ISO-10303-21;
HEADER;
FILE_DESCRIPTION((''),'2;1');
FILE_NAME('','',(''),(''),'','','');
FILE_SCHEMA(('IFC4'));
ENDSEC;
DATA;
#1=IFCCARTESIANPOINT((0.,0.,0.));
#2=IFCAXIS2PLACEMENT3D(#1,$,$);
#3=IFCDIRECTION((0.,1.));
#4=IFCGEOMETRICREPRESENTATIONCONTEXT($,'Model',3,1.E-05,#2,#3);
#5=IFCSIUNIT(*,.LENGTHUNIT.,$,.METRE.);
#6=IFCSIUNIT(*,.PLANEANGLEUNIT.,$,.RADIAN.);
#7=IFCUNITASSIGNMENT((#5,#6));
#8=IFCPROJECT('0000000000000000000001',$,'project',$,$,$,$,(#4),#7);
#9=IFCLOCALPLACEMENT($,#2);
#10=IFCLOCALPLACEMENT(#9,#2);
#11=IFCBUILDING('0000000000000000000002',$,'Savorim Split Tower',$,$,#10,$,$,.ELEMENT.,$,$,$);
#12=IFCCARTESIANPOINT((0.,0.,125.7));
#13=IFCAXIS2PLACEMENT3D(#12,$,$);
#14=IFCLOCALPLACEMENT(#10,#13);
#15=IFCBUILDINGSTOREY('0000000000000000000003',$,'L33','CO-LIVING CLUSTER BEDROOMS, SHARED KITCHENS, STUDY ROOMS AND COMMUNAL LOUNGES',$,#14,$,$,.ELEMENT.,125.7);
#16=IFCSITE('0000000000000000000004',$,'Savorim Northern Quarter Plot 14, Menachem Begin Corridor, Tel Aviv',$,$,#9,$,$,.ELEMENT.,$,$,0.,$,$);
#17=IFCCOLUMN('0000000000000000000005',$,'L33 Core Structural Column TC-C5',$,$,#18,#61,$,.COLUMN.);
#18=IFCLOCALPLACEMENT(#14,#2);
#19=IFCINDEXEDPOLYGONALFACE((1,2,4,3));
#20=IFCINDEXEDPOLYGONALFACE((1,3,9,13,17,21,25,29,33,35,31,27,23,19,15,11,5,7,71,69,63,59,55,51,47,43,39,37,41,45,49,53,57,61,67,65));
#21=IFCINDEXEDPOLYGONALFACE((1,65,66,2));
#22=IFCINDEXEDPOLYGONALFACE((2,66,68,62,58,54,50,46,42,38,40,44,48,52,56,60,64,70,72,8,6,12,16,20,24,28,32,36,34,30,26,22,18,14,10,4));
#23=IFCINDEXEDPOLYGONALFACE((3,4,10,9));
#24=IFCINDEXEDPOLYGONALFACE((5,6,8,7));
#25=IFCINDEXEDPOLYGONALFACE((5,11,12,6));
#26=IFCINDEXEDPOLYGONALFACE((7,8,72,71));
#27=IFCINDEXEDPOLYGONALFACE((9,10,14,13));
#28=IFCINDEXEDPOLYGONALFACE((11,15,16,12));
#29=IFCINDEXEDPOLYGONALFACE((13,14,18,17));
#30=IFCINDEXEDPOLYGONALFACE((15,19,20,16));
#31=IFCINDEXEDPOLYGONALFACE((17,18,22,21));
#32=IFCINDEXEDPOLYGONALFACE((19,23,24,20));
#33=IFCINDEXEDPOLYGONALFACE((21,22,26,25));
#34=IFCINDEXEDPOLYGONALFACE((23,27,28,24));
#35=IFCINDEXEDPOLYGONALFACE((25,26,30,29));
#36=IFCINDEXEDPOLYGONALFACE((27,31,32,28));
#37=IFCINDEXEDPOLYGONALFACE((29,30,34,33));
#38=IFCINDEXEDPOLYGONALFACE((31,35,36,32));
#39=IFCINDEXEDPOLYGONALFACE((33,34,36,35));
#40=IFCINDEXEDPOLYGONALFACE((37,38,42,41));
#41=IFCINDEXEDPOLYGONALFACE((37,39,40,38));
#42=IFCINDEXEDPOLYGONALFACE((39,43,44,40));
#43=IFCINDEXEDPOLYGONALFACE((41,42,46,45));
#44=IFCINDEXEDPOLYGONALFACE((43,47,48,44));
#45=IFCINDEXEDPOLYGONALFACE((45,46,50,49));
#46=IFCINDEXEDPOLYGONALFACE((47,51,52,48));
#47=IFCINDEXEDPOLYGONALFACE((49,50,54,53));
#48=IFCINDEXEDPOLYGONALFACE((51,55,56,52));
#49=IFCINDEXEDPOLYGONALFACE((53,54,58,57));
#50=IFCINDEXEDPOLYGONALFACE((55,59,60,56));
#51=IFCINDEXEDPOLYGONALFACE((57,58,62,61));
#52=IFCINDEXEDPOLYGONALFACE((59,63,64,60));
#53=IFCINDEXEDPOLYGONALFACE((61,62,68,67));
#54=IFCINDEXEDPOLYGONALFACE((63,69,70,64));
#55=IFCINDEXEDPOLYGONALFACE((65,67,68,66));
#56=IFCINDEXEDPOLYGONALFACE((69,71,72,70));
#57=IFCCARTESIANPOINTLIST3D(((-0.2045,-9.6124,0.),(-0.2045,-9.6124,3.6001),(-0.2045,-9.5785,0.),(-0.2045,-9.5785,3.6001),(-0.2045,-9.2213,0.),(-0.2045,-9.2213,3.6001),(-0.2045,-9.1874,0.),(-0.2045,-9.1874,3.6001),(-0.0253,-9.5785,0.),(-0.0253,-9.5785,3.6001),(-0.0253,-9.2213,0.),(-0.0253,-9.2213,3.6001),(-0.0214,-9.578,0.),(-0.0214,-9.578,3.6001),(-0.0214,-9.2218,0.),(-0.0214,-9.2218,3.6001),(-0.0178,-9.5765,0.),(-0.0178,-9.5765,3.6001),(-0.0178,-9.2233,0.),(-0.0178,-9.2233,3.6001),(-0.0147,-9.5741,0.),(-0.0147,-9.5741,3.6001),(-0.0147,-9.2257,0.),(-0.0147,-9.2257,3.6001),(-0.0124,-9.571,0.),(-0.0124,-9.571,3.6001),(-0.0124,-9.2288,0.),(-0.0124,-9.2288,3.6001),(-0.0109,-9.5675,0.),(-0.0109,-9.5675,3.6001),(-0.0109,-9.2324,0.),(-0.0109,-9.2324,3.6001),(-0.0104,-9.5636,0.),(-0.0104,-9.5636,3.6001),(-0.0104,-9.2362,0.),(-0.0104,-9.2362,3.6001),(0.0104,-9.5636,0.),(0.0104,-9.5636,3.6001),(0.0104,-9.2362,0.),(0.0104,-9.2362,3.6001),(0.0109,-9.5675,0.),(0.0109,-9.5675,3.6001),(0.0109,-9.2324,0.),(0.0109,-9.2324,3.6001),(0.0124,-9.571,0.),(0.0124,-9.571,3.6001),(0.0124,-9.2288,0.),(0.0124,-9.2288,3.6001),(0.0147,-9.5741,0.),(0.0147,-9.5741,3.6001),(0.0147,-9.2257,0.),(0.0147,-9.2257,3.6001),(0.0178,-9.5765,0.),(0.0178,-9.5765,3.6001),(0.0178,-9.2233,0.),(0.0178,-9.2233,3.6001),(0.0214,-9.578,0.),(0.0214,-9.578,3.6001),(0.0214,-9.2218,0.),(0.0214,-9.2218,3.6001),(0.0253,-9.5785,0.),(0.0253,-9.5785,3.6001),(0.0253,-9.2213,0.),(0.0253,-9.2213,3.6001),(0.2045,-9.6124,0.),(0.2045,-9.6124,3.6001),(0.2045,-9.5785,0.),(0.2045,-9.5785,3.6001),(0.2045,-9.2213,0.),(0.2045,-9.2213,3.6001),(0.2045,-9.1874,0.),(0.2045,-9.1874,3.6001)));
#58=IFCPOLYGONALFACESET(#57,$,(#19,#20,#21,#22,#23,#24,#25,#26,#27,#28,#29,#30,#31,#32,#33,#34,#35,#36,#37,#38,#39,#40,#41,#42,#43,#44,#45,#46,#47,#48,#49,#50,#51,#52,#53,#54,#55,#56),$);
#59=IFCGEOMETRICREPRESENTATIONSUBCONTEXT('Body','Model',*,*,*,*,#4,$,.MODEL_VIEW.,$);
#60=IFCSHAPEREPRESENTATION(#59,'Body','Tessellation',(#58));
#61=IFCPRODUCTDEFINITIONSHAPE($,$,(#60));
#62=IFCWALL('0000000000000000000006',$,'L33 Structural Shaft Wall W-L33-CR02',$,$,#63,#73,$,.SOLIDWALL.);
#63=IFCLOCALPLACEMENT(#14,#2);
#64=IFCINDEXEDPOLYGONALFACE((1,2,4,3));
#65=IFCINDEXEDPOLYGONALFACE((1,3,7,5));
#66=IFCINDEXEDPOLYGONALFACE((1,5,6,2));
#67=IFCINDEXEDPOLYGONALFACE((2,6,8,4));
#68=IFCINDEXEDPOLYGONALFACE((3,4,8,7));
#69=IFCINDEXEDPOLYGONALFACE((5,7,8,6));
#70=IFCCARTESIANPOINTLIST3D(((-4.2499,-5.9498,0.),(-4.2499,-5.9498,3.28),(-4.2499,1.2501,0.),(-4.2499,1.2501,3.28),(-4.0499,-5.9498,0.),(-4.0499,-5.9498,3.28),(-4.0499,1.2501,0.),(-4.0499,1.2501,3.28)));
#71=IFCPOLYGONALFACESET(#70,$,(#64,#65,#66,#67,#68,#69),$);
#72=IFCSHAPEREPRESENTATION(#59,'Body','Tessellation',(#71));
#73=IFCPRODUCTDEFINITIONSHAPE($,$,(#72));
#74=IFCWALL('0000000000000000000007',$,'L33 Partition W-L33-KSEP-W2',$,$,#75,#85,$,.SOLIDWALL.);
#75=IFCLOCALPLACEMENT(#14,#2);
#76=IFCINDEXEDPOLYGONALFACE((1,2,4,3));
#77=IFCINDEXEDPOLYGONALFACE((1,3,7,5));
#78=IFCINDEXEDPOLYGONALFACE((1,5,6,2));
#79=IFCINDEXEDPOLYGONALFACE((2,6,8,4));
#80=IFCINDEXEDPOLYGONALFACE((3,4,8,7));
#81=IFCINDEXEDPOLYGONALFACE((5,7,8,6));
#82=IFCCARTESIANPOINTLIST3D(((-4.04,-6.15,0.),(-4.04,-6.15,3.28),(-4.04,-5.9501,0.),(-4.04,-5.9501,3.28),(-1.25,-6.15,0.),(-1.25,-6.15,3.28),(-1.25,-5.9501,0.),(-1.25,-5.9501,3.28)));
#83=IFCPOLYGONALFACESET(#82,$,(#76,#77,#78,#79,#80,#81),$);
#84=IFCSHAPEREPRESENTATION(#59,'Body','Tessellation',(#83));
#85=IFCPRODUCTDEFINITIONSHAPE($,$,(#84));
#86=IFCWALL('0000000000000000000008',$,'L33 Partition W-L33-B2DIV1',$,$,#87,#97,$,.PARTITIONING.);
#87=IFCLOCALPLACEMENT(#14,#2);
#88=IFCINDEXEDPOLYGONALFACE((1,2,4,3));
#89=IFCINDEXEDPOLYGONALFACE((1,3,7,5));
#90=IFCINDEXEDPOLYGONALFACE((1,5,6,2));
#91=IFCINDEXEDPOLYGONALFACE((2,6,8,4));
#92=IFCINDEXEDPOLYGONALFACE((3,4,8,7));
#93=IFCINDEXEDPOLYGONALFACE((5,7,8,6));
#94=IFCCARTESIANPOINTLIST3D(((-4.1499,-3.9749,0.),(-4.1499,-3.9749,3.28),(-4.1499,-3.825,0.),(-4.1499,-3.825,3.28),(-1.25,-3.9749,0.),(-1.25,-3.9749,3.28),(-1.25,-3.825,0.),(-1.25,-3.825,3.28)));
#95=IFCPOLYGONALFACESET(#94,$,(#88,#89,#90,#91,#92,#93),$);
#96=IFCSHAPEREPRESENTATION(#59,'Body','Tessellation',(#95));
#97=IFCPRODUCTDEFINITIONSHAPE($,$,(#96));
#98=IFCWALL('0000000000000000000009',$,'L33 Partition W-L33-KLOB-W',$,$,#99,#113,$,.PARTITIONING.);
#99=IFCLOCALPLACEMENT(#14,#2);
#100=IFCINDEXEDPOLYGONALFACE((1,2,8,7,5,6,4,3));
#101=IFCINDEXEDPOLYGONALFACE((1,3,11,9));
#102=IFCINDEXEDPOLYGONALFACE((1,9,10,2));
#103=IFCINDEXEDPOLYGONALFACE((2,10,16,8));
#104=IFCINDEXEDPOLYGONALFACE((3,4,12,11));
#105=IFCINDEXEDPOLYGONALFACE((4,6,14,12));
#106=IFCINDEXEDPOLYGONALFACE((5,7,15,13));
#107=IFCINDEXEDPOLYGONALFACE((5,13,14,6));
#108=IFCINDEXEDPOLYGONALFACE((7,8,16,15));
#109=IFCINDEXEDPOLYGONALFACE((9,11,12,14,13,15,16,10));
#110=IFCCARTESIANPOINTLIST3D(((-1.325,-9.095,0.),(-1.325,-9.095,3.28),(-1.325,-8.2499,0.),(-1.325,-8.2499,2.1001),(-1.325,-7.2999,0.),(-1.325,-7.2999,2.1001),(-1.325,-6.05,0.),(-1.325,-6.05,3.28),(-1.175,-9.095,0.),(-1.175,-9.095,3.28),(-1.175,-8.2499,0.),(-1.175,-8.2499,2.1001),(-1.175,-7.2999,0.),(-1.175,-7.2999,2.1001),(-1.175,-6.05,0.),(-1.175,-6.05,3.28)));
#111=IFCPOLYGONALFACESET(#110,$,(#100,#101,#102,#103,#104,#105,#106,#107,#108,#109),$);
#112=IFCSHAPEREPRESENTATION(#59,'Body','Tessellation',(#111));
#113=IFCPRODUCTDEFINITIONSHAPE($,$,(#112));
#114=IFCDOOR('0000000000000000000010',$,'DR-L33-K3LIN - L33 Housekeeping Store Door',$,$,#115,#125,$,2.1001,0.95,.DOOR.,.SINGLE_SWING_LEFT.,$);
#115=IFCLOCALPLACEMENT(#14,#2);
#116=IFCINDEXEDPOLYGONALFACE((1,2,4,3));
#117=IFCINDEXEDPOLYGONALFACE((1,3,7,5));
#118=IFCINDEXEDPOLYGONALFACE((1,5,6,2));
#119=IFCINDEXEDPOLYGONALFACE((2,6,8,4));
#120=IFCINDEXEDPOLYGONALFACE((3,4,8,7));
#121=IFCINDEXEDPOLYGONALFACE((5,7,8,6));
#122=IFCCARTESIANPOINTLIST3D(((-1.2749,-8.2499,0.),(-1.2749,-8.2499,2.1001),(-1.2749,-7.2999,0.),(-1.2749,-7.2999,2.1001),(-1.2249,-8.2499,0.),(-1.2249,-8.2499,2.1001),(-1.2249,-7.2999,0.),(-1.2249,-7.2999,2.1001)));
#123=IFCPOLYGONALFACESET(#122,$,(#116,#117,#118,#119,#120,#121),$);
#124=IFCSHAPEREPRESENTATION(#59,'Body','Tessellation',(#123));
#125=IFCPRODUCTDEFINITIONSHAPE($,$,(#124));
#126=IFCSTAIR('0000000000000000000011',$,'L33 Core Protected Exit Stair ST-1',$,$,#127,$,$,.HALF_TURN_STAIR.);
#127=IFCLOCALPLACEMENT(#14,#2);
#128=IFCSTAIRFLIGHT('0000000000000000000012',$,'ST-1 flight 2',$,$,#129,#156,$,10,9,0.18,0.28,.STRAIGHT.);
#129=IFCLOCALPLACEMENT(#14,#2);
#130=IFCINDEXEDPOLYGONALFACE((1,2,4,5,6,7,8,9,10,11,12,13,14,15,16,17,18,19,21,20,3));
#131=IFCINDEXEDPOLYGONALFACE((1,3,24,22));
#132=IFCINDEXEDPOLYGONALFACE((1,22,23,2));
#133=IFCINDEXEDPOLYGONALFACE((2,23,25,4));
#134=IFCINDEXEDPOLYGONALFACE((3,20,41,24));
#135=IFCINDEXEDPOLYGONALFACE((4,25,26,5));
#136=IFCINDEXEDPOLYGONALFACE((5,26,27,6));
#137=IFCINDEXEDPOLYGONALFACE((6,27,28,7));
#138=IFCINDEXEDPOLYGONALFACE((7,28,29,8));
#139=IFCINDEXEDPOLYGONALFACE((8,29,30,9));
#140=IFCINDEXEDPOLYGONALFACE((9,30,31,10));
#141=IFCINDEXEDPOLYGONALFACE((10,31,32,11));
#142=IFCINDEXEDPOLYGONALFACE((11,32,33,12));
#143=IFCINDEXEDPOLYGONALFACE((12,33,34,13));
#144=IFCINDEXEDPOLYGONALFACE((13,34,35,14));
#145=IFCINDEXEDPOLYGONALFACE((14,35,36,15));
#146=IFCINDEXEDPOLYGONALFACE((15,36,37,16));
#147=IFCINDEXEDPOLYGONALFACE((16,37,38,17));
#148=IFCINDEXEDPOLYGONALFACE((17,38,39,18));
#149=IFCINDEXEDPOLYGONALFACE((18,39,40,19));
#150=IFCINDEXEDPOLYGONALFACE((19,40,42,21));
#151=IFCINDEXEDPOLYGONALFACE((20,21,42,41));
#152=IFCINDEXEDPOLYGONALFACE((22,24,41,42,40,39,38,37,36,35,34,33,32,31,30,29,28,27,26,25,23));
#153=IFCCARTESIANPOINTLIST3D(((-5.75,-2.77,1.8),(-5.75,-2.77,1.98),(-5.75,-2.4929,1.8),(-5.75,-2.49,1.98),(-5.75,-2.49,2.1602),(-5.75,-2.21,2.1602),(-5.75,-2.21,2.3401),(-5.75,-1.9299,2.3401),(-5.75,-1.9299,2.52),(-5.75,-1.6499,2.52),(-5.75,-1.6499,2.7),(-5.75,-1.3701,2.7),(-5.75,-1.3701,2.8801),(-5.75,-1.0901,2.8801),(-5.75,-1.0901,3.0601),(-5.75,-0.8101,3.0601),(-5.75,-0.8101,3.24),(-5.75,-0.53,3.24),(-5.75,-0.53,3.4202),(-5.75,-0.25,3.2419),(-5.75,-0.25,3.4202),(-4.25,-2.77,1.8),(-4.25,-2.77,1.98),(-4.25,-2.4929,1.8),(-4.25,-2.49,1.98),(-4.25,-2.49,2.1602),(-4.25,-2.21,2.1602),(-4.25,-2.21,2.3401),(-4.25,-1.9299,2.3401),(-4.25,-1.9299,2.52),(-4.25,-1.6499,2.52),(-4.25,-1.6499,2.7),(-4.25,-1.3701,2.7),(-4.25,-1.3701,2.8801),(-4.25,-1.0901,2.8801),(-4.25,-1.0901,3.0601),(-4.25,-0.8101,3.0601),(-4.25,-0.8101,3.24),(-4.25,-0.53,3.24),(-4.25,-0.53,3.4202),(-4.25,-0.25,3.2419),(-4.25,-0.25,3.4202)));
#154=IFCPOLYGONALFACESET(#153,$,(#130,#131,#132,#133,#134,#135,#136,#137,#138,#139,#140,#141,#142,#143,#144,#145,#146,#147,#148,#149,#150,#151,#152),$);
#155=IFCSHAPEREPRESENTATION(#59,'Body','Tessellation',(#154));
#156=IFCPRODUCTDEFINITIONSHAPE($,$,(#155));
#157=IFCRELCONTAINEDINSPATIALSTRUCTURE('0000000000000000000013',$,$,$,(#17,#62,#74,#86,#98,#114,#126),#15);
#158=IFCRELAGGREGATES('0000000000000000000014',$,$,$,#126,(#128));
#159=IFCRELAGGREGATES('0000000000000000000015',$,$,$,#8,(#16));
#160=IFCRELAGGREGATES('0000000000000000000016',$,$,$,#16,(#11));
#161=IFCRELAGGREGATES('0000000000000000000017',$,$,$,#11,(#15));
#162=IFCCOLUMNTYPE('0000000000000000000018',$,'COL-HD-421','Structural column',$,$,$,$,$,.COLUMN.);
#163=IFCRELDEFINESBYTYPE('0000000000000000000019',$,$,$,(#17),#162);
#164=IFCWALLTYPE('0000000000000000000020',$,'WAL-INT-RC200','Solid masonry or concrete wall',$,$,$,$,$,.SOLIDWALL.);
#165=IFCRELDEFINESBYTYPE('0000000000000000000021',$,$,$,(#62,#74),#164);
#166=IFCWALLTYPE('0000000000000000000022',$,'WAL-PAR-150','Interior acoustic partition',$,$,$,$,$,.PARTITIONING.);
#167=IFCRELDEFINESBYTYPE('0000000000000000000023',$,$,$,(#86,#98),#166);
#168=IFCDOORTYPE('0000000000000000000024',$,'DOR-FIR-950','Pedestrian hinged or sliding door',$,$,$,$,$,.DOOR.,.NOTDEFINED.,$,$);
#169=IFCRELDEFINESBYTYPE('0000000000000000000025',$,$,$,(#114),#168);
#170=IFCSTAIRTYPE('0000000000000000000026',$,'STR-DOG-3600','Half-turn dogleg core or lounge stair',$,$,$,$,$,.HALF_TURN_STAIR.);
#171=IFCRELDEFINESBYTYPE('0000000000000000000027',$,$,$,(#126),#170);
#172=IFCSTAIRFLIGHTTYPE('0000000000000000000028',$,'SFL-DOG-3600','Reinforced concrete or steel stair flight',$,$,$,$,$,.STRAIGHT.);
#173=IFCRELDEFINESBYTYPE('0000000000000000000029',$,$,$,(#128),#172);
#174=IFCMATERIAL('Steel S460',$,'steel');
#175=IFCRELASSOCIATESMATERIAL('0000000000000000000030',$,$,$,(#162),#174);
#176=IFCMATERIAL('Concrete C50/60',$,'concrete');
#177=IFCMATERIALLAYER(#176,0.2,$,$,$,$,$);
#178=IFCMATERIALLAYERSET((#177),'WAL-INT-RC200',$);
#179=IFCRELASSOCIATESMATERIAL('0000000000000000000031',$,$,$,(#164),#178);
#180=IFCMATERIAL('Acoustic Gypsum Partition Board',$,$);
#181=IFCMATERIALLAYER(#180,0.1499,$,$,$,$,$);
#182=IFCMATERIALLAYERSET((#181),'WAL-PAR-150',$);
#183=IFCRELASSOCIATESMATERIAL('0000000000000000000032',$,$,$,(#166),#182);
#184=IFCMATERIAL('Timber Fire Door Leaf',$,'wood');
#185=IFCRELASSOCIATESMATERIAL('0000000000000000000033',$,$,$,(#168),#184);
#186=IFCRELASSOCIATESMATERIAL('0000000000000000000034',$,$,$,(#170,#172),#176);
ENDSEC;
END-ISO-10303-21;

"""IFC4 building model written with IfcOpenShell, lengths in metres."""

from ifc_helpers import new_model, si_unit, direction, frame, frame_2d, origin, origin_2d, place, context, subcontext, project, spatial, polyline, rectangle, i_section, outline, extrude, material, layer, layer_set, material_profile, profile_set, type_object, element, fill, aggregate, save


model = new_model("IFC4")

# Units and contexts
model_context = context("Model", 3, precision=1e-05, world=origin(), true_north=direction((0.0, 1.0)))
body_context = subcontext(model_context, "Body", "Model", "MODEL_VIEW")
ifc_project = project(units=[si_unit("LENGTHUNIT", "METRE"), si_unit("PLANEANGLEUNIT", "RADIAN")], contexts=[model_context])

# Site, building, storey
site_placement = place(None, origin())
site = spatial("IfcSite", under=ifc_project, at=site_placement, Name="Savorim Northern Quarter Plot 14, Menachem Begin Corridor, Tel Aviv", CompositionType="ELEMENT", RefElevation=0.0)
building_placement = place(site_placement, origin())
building = spatial("IfcBuilding", under=site, at=building_placement, Name="Savorim Split Tower", CompositionType="ELEMENT")
storey_placement = place(building_placement, frame((0.0, 0.0, 125.7)))
storey = spatial("IfcBuildingStorey", under=building, at=storey_placement, Name="L33", Description="CO-LIVING CLUSTER BEDROOMS, SHARED KITCHENS, STUDY ROOMS AND COMMUNAL LOUNGES", CompositionType="ELEMENT", Elevation=125.7)

# Column
ifc_material_1 = material(Name="Steel S460", Category="steel")
ifc_material_profile = material_profile(ifc_material_1, i_section(OverallWidth=0.4089, OverallDepth=0.425, WebThickness=0.0208, FlangeThickness=0.0339, FilletRadius=0.0149, at=origin_2d()), Name="HD 400x421")
ifc_profile_set = profile_set([ifc_material_profile], Name="Steel S460")
column_type = type_object("IfcColumnType", Name="COL-HD-421", Description="Structural column", PredefinedType="COLUMN", material=ifc_profile_set)
column_placement = place(storey_placement, frame((0.0, -9.3999, 0.0), z_axis=(0.0, 0.0, 1.0), x_axis=(1.0, 0.0, 0.0)))
element("IfcColumn", 1, at=column_placement, inside=storey, type_object=column_type, Name="L33 Core Structural Column TC-C5", PredefinedType="COLUMN", context=body_context, shape_type="SweptSolid", body=[
    extrude(i_section(OverallWidth=0.4089, OverallDepth=0.425, WebThickness=0.0208, FlangeThickness=0.0339, FilletRadius=0.0149, at=origin_2d()), origin(), (0.0, 0.0, 1.0), 3.6001),
])

# Wall
ifc_material_2 = material(Name="Concrete C50/60", Category="concrete")
ifc_layer_1 = layer(ifc_material_2, 0.2)
ifc_layer_set_1 = layer_set([ifc_layer_1], Name="WAL-INT-RC200")
wall_type_1 = type_object("IfcWallType", Name="WAL-INT-RC200", Description="Solid masonry or concrete wall", PredefinedType="SOLIDWALL", material=ifc_layer_set_1)
wall_1_placement = place(storey_placement, frame((-4.1499, -5.95, 0.0), z_axis=(0.0, 0.0, 1.0), x_axis=(0.0, 1.0, 0.0)))
element("IfcWall", 2, at=wall_1_placement, inside=storey, type_object=wall_type_1, Name="L33 Structural Shaft Wall W-L33-CR02", PredefinedType="SOLIDWALL", context=body_context, shape_type="SweptSolid", body=[
    extrude(rectangle(XDim=7.2, YDim=0.2, at=frame_2d((3.6001, 0.0))), origin(), (0.0, 0.0, 1.0), 3.28),
])

# Walls
wall_2_placement = place(storey_placement, frame((-4.04, -6.05, 0.0), z_axis=(0.0, 0.0, 1.0), x_axis=(1.0, 0.0, 0.0)))
element("IfcWall", 3, at=wall_2_placement, inside=storey, type_object=wall_type_1, Name="L33 Partition W-L33-KSEP-W2", PredefinedType="SOLIDWALL", context=body_context, shape_type="SweptSolid", body=[
    extrude(rectangle(XDim=2.79, YDim=0.2, at=frame_2d((1.395, 0.0))), origin(), (0.0, 0.0, 1.0), 3.28),
])
ifc_material_3 = material(Name="Acoustic Gypsum Partition Board")
ifc_layer_2 = layer(ifc_material_3, 0.1499)
ifc_layer_set_2 = layer_set([ifc_layer_2], Name="WAL-PAR-150")
wall_type_2 = type_object("IfcWallType", Name="WAL-PAR-150", Description="Interior acoustic partition", PredefinedType="PARTITIONING", material=ifc_layer_set_2)
wall_3_placement = place(storey_placement, frame((-4.1499, -3.8999, 0.0), z_axis=(0.0, 0.0, 1.0), x_axis=(1.0, 0.0, 0.0)))
element("IfcWall", 4, at=wall_3_placement, inside=storey, type_object=wall_type_2, Name="L33 Partition W-L33-B2DIV1", PredefinedType="PARTITIONING", context=body_context, shape_type="SweptSolid", body=[
    extrude(rectangle(XDim=2.8999, YDim=0.1499, at=frame_2d((1.45, 0.0))), origin(), (0.0, 0.0, 1.0), 3.28),
])

# Wall, opening, door
wall_4_placement = place(storey_placement, frame((-1.25, -9.095, 0.0), z_axis=(0.0, 0.0, 1.0), x_axis=(0.0, 1.0, 0.0)))
wall_4 = element("IfcWall", 5, at=wall_4_placement, inside=storey, type_object=wall_type_2, Name="L33 Partition W-L33-KLOB-W", PredefinedType="PARTITIONING", context=body_context, shape_type="SweptSolid", body=[
    extrude(rectangle(XDim=3.0449, YDim=0.1499, at=frame_2d((1.5225, 0.0))), origin(), (0.0, 0.0, 1.0), 3.28),
])
opening_1_placement = place(wall_4_placement, frame((0.845, 0.0, 0.0)))
opening_1 = element("IfcOpeningElement", 6, at=opening_1_placement, cuts=wall_4, PredefinedType="OPENING", context=body_context, shape_type="SweptSolid", body=[
    extrude(rectangle(XDim=0.95, YDim=2.1001, at=frame_2d((0.4751, 1.05))), frame((0.0, 0.085, 0.0), z_axis=(0.0, -1.0, 0.0), x_axis=(1.0, 0.0, 0.0)), (0.0, 0.0, 1.0), 0.1699),
])
ifc_material_4 = material(Name="Timber Fire Door Leaf", Category="wood")
door_type_1 = type_object("IfcDoorType", Name="DOR-FIR-950", Description="Pedestrian hinged or sliding door", OperationType="NOTDEFINED", PredefinedType="DOOR", material=ifc_material_4)
door_1_placement = place(opening_1_placement, origin())
door_1 = element("IfcDoor", 7, at=door_1_placement, inside=storey, type_object=door_type_1, Name="DR-L33-K3LIN - L33 Housekeeping Store Door", OperationType="SINGLE_SWING_LEFT", OverallHeight=2.1001, OverallWidth=0.95, PredefinedType="DOOR", context=body_context, shape_type="SweptSolid", body=[
    extrude(rectangle(XDim=0.95, YDim=2.1001, at=frame_2d((0.4751, 1.05))), frame((0.0, 0.0249, 0.0), z_axis=(0.0, -1.0, 0.0), x_axis=(1.0, 0.0, 0.0)), (0.0, 0.0, 1.0), 0.05),
])
fill(opening_1, door_1)

# Stair, stair flight
stair_type = type_object("IfcStairType", Name="STR-DOG-3600", Description="Half-turn dogleg core or lounge stair", PredefinedType="HALF_TURN_STAIR", material=ifc_material_2)
stair_placement = place(storey_placement, origin())
stair = element("IfcStair", 8, at=stair_placement, inside=storey, type_object=stair_type, Name="L33 Core Protected Exit Stair ST-1", PredefinedType="HALF_TURN_STAIR")
stair_flight_type = type_object("IfcStairFlightType", Name="SFL-DOG-3600", Description="Reinforced concrete or steel stair flight", PredefinedType="STRAIGHT", material=ifc_material_2)
stair_flight_placement = place(storey_placement, frame((-5.0, -2.77, 1.8), z_axis=(0.0, 0.0, 1.0), x_axis=(0.0, 1.0, 0.0)))
stair_flight = element("IfcStairFlight", 9, at=stair_flight_placement, type_object=stair_flight_type, Name="ST-1 flight 2", NumberOfRisers=10, NumberOfTreads=9, PredefinedType="STRAIGHT", RiserHeight=0.18, TreadLength=0.28, context=body_context, shape_type="SweptSolid", body=[
    extrude(outline(polyline([(0.0, 0.0), (0.0, 0.1799), (0.28, 0.1799), (0.28, 0.3601), (0.5601, 0.3601), (0.5601, 0.54), (0.8401, 0.54), (0.8401, 0.72), (1.1201, 0.72), (1.1201, 0.8999), (1.3999, 0.8999), (1.3999, 1.0801), (1.6799, 1.0801), (1.6799, 1.26), (1.96, 1.26), (1.96, 1.4399), (2.24, 1.4399), (2.24, 1.6201), (2.52, 1.6201), (2.52, 1.8), (2.52, 1.4419), (0.2771, 0.0), (0.0, 0.0)])), frame((0.0, 0.75, 0.0), z_axis=(0.0, -1.0, 0.0), x_axis=(1.0, 0.0, 0.0)), (0.0, 0.0, 1.0), 1.5),
])
aggregate(stair, [stair_flight])

save(model, "model.ifc")
